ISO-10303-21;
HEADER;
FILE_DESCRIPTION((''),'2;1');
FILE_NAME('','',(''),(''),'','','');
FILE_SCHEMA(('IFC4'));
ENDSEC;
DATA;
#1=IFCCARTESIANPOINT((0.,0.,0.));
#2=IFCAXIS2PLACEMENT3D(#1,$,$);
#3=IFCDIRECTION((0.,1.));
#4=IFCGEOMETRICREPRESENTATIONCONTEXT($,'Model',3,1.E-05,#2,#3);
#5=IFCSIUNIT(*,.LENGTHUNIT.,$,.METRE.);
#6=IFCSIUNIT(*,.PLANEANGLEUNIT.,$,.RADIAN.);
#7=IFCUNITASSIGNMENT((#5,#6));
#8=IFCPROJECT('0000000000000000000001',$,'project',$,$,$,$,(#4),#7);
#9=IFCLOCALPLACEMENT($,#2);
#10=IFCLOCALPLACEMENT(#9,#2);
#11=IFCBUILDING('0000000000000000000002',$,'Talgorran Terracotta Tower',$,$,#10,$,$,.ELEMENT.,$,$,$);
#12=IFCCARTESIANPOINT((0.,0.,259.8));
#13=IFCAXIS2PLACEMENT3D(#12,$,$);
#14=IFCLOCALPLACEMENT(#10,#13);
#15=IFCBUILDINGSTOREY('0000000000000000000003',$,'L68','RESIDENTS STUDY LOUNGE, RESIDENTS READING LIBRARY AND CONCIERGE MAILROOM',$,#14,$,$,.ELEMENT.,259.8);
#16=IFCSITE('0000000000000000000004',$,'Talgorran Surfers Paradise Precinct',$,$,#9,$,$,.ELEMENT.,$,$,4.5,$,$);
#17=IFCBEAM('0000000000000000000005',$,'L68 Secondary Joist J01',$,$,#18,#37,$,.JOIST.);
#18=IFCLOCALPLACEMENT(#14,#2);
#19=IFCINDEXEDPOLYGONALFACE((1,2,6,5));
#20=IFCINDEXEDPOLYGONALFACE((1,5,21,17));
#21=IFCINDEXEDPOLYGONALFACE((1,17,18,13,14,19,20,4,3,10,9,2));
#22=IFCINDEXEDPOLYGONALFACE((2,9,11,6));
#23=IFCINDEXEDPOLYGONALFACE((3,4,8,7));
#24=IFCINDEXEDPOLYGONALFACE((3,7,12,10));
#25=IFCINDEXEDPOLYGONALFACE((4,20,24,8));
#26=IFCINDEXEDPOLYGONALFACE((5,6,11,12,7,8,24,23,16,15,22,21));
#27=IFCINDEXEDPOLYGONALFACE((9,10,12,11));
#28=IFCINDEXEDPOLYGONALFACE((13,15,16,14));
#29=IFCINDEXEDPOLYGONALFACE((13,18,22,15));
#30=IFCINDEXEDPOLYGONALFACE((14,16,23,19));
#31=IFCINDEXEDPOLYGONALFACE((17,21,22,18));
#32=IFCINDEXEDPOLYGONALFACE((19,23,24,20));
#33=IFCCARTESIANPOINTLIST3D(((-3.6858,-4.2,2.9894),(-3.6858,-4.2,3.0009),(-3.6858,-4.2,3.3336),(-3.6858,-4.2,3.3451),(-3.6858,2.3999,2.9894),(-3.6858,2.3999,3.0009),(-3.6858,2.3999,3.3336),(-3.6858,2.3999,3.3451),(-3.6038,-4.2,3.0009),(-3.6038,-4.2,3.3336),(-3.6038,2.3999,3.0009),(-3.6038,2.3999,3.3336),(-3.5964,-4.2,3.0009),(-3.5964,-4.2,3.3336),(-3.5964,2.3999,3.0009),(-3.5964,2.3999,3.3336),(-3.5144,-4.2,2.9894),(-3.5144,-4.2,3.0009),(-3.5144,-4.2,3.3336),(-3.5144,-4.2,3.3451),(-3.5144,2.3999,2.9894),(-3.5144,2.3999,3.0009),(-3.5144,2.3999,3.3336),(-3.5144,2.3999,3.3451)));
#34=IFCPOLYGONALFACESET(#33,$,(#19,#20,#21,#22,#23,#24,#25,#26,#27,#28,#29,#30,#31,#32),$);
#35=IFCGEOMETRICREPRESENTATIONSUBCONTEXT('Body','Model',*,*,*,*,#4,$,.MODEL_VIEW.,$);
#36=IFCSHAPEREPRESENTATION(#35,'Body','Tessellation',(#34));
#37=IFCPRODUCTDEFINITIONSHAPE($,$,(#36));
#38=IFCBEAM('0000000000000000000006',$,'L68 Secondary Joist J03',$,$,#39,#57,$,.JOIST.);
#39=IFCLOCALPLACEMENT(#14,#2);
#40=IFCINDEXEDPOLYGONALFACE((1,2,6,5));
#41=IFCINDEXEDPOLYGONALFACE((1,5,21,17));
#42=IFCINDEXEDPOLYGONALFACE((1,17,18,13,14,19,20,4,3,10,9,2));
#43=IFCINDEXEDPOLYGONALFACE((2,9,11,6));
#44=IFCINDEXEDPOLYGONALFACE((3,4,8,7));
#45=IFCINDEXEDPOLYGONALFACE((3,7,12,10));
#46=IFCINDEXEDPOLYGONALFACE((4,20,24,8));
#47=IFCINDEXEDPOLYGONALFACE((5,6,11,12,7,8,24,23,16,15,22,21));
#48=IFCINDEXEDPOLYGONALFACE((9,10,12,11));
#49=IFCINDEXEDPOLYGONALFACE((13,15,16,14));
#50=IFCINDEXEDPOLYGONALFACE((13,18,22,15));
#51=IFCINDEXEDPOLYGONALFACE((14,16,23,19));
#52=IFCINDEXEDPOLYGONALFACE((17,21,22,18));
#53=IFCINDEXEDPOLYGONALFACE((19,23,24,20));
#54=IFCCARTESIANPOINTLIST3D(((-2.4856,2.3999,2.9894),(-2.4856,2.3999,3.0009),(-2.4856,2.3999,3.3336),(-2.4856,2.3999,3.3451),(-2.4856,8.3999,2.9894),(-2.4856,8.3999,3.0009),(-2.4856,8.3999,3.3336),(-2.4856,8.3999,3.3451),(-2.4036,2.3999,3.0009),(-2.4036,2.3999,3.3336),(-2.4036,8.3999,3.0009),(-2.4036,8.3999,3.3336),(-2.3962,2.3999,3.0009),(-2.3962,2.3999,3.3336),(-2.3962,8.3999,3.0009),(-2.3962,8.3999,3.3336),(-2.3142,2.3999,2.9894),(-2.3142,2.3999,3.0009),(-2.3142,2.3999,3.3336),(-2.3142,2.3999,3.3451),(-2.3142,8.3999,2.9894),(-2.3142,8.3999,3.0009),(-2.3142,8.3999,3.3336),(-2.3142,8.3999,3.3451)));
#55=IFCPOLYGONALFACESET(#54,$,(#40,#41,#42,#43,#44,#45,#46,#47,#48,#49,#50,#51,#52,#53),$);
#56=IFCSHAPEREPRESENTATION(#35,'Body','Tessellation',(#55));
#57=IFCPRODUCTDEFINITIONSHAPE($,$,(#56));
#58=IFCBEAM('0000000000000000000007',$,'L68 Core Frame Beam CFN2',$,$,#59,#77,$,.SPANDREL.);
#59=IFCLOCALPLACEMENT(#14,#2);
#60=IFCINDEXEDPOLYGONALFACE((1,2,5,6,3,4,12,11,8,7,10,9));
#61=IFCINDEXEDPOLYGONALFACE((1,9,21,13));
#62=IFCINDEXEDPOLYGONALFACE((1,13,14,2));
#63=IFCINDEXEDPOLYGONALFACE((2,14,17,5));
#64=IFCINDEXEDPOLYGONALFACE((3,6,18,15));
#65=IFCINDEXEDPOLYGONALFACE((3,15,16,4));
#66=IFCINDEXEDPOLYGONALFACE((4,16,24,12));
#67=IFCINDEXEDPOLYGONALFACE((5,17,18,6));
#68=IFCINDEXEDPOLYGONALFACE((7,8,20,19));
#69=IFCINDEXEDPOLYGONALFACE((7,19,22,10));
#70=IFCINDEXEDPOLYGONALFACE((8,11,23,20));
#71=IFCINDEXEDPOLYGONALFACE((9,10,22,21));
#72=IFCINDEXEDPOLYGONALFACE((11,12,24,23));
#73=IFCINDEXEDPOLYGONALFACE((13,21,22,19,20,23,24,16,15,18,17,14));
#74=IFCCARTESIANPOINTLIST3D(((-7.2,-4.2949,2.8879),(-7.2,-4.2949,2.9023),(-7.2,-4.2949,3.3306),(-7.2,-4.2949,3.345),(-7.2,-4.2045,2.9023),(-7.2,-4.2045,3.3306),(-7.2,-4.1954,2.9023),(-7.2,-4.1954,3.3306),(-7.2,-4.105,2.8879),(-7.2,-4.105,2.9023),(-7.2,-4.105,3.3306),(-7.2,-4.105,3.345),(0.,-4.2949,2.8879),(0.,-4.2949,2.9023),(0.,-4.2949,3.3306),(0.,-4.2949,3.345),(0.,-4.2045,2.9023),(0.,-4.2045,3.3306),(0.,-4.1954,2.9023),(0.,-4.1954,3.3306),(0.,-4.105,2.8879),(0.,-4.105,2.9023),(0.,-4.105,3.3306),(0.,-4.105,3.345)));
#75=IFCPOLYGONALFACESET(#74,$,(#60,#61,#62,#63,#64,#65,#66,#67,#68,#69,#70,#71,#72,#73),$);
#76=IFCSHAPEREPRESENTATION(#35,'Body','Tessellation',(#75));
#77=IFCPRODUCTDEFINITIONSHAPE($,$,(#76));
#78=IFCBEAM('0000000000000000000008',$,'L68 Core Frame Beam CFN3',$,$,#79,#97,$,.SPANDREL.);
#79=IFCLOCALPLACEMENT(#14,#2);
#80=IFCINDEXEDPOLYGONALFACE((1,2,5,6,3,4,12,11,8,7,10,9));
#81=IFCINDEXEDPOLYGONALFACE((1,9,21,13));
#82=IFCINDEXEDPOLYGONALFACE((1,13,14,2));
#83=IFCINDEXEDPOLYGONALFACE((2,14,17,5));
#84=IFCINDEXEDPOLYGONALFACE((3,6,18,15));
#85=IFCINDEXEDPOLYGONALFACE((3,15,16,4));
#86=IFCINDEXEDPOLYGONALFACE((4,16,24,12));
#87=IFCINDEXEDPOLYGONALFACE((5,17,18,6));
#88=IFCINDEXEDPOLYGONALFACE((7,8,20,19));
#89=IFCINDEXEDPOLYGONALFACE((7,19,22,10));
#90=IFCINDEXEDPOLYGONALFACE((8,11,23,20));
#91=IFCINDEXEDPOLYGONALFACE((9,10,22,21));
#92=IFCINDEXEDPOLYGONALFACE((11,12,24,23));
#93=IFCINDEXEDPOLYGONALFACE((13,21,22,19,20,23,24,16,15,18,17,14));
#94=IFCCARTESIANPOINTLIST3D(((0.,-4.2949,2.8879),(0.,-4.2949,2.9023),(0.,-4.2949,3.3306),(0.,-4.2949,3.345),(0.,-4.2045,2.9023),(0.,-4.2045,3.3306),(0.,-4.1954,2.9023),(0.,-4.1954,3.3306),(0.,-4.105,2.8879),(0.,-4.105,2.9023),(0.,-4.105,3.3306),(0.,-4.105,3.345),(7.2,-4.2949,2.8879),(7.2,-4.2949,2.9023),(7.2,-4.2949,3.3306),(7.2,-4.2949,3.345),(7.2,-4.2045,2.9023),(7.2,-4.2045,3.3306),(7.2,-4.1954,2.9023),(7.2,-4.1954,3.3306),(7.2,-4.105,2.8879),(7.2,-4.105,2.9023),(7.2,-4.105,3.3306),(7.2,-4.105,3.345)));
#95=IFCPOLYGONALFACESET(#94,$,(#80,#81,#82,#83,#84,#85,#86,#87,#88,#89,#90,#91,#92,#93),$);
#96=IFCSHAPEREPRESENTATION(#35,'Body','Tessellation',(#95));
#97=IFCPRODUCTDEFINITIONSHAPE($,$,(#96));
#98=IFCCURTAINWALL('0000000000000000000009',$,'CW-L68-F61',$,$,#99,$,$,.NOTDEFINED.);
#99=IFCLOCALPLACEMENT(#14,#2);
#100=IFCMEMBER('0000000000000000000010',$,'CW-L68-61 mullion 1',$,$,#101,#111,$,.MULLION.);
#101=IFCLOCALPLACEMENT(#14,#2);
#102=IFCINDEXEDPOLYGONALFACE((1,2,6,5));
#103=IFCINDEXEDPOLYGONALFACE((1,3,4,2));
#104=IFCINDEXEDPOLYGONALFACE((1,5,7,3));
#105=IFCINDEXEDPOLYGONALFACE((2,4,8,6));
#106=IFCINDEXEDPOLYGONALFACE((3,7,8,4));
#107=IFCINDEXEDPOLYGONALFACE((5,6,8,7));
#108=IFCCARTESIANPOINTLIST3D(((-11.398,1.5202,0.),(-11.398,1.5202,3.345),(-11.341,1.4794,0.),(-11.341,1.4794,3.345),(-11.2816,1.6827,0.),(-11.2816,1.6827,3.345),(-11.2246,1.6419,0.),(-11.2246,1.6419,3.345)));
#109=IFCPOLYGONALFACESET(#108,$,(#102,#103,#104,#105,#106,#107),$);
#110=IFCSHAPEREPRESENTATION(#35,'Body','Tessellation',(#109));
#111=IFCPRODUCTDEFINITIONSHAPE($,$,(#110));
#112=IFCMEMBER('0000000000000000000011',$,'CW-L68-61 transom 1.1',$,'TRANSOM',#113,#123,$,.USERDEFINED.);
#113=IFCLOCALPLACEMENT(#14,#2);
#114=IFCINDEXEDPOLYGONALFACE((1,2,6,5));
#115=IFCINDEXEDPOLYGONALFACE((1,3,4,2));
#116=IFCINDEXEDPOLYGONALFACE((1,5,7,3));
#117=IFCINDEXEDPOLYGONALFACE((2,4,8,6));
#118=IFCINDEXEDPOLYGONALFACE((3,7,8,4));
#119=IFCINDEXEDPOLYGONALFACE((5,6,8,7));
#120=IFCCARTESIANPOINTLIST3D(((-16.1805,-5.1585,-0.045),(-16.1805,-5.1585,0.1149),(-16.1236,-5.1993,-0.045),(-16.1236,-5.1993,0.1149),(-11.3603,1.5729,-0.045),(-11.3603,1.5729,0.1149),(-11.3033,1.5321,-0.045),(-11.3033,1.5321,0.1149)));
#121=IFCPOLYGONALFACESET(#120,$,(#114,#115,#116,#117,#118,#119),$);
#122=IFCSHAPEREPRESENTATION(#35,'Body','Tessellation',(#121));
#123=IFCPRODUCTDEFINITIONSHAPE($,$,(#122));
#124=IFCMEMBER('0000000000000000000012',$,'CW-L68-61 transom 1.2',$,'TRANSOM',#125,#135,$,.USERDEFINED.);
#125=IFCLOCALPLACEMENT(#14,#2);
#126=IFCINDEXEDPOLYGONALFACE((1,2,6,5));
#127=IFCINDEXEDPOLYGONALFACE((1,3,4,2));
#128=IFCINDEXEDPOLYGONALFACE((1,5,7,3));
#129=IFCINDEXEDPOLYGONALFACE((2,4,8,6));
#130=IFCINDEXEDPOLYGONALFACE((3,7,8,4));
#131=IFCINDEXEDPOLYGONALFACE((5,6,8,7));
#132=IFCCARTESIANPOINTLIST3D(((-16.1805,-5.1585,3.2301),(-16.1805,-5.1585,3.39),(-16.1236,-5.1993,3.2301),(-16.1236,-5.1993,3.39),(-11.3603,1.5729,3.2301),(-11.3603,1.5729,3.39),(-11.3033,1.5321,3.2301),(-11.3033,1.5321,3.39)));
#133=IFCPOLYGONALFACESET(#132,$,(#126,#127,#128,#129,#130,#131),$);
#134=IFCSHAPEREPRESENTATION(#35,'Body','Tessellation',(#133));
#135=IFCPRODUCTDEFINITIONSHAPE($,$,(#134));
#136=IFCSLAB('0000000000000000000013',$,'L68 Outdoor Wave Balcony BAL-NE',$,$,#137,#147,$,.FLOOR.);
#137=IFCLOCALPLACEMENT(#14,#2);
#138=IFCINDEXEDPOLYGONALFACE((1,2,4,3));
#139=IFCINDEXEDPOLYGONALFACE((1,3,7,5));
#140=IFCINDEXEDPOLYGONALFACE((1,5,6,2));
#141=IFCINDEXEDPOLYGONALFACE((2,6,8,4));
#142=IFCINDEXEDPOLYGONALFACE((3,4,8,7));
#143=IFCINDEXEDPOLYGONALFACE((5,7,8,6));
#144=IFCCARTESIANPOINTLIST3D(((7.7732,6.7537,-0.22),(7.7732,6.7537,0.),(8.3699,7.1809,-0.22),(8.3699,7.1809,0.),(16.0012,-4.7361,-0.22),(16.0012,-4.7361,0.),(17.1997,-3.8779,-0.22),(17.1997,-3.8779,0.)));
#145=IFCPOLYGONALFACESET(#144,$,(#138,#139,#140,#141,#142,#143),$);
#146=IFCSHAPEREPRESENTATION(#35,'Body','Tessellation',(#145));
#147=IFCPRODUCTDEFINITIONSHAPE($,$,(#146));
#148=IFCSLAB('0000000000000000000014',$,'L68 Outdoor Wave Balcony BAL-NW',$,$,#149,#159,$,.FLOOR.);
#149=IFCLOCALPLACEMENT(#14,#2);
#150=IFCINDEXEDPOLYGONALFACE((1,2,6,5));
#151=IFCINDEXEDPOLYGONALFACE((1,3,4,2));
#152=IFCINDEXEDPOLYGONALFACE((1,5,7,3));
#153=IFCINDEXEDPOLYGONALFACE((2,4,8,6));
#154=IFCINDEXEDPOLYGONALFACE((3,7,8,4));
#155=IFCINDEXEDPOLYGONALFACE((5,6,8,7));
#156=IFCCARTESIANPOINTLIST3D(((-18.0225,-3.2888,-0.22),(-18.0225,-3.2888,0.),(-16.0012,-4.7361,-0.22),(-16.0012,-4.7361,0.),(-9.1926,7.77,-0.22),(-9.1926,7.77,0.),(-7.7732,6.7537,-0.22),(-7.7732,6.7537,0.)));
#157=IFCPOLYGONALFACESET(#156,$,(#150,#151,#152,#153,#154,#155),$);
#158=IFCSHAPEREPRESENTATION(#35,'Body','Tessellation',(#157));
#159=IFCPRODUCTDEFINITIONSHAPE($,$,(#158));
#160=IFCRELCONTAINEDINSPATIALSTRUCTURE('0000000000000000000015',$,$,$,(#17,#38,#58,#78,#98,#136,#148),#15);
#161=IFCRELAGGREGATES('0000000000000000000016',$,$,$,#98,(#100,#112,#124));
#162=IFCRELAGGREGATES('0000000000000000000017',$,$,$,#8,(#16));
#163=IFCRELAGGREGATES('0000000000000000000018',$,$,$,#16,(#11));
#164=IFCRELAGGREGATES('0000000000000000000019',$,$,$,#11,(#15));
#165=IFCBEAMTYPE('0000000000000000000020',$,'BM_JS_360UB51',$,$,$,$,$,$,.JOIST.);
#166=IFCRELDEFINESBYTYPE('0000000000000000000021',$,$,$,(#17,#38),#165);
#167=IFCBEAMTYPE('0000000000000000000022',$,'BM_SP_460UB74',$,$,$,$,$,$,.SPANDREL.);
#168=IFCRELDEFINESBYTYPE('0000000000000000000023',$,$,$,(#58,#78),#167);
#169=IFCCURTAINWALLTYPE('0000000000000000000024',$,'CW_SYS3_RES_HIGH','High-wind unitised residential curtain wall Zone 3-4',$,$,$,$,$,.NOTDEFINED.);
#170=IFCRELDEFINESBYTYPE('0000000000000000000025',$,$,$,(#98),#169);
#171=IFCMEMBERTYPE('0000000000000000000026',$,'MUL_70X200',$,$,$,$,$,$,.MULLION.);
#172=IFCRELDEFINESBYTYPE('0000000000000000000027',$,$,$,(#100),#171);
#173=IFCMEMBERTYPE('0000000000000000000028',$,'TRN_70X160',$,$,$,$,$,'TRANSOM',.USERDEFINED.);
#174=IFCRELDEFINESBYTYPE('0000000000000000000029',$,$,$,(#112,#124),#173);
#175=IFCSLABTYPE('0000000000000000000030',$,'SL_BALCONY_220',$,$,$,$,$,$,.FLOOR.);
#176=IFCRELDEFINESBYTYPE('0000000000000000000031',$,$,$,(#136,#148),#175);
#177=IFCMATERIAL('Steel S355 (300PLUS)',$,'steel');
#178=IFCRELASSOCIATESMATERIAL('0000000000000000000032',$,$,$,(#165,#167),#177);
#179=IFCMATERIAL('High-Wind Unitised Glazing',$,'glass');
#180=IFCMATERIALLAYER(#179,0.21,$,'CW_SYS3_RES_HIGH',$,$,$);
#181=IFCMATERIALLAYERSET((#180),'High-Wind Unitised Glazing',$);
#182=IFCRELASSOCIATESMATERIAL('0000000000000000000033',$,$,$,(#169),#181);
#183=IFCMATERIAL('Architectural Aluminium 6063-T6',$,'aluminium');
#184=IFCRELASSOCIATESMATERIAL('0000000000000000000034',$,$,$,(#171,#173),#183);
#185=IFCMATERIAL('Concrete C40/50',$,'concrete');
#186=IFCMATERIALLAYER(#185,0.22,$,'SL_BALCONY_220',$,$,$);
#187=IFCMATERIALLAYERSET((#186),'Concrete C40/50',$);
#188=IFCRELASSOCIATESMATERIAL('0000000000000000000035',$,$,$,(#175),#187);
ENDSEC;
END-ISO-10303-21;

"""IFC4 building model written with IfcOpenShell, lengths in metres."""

from ifc_helpers import new_model, si_unit, direction, frame, origin, origin_2d, place, context, subcontext, project, spatial, polyline, rectangle, i_section, outline, extrude, material, layer, layer_set, material_profile, profile_set, type_object, element, aggregate, save


model = new_model("IFC4")

# Units and contexts
model_context = context("Model", 3, precision=1e-05, world=origin(), true_north=direction((0.0, 1.0)))
body_context = subcontext(model_context, "Body", "Model", "MODEL_VIEW")
ifc_project = project(units=[si_unit("LENGTHUNIT", "METRE"), si_unit("PLANEANGLEUNIT", "RADIAN")], contexts=[model_context])

# Site, building, storey
site_placement = place(None, origin())
site = spatial("IfcSite", under=ifc_project, at=site_placement, Name="Talgorran Surfers Paradise Precinct", CompositionType="ELEMENT", RefElevation=4.5)
building_placement = place(site_placement, origin())
building = spatial("IfcBuilding", under=site, at=building_placement, Name="Talgorran Terracotta Tower", CompositionType="ELEMENT")
storey_placement = place(building_placement, frame((0.0, 0.0, 259.8)))
storey = spatial("IfcBuildingStorey", under=building, at=storey_placement, Name="L68", Description="RESIDENTS STUDY LOUNGE, RESIDENTS READING LIBRARY AND CONCIERGE MAILROOM", CompositionType="ELEMENT", Elevation=259.8)

# Shared definitions
ifc_material_1 = material(Name="Steel S355 (300PLUS)", Category="steel")

# Beams
ifc_material_profile_1 = material_profile(ifc_material_1, i_section(OverallWidth=0.1714, OverallDepth=0.3557, WebThickness=0.0073, FlangeThickness=0.0115, at=origin_2d()), Name="360UB50.7")
ifc_profile_set_1 = profile_set([ifc_material_profile_1], Name="Steel S355 (300PLUS)")
beam_type_1 = type_object("IfcBeamType", Name="BM_JS_360UB51", PredefinedType="JOIST", material=ifc_profile_set_1)
beam_1_placement = place(storey_placement, frame((-3.6001, -4.2, 3.1672), z_axis=(0.0, 1.0, 0.0), x_axis=(-1.0, 0.0, 0.0)))
element("IfcBeam", 1, at=beam_1_placement, inside=storey, type_object=beam_type_1, Name="L68 Secondary Joist J01", PredefinedType="JOIST", context=body_context, shape_type="SweptSolid", body=[
    extrude(i_section(OverallWidth=0.1714, OverallDepth=0.3557, WebThickness=0.0073, FlangeThickness=0.0115, at=origin_2d()), origin(), (0.0, 0.0, 1.0), 6.5999),
])
beam_2_placement = place(storey_placement, frame((-2.3999, 2.3999, 3.1672), z_axis=(0.0, 1.0, 0.0), x_axis=(-1.0, 0.0, 0.0)))
element("IfcBeam", 2, at=beam_2_placement, inside=storey, type_object=beam_type_1, Name="L68 Secondary Joist J03", PredefinedType="JOIST", context=body_context, shape_type="SweptSolid", body=[
    extrude(i_section(OverallWidth=0.1714, OverallDepth=0.3557, WebThickness=0.0073, FlangeThickness=0.0115, at=origin_2d()), origin(), (0.0, 0.0, 1.0), 6.0),
])
ifc_material_profile_2 = material_profile(ifc_material_1, i_section(OverallWidth=0.1899, OverallDepth=0.457, WebThickness=0.009, FlangeThickness=0.0144, at=origin_2d()), Name="460UB74.6")
ifc_profile_set_2 = profile_set([ifc_material_profile_2], Name="Steel S355 (300PLUS)")
beam_type_2 = type_object("IfcBeamType", Name="BM_SP_460UB74", PredefinedType="SPANDREL", material=ifc_profile_set_2)
for number, where, z_axis, x_axis, name in (
    (3, (-7.2, -4.2, 3.1165), (1.0, 0.0, 0.0), (0.0, 1.0, 0.0), "L68 Core Frame Beam CFN2"),
    (4, (0.0, -4.2, 3.1165), (1.0, 0.0, 0.0), (0.0, 1.0, 0.0), "L68 Core Frame Beam CFN3"),
):
    element("IfcBeam", number, at=place(storey_placement, frame(where, z_axis=z_axis, x_axis=x_axis)), inside=storey, type_object=beam_type_2, Name=name, PredefinedType="SPANDREL", context=body_context, shape_type="SweptSolid", body=[
        extrude(i_section(OverallWidth=0.1899, OverallDepth=0.457, WebThickness=0.009, FlangeThickness=0.0144, at=origin_2d()), origin(), (0.0, 0.0, 1.0), 7.2),
    ])

# Curtain wall, members
ifc_material_2 = material(Name="High-Wind Unitised Glazing", Category="glass")
ifc_layer_1 = layer(ifc_material_2, 0.21, Name="CW_SYS3_RES_HIGH")
ifc_layer_set_1 = layer_set([ifc_layer_1], Name="High-Wind Unitised Glazing")
curtain_wall_type = type_object("IfcCurtainWallType", Name="CW_SYS3_RES_HIGH", Description="High-wind unitised residential curtain wall Zone 3-4", PredefinedType="NOTDEFINED", material=ifc_layer_set_1)
curtain_wall_placement = place(storey_placement, origin())
curtain_wall = element("IfcCurtainWall", 5, at=curtain_wall_placement, inside=storey, type_object=curtain_wall_type, Name="CW-L68-F61", PredefinedType="NOTDEFINED")
ifc_material_3 = material(Name="Architectural Aluminium 6063-T6", Category="aluminium")
ifc_material_profile_3 = material_profile(ifc_material_3, rectangle(XDim=0.0701, YDim=0.2, at=origin_2d()), Name="CWM70X200")
ifc_profile_set_3 = profile_set([ifc_material_profile_3], Name="Architectural Aluminium 6063-T6")
member_type_1 = type_object("IfcMemberType", Name="MUL_70X200", PredefinedType="MULLION", material=ifc_profile_set_3)
member_1_placement = place(storey_placement, frame((-11.3113, 1.5811, 0.0), z_axis=(0.0, 0.0, 1.0), x_axis=(0.813041, -0.582206, 0.0)))
member_1 = element("IfcMember", 6, at=member_1_placement, type_object=member_type_1, Name="CW-L68-61 mullion 1", PredefinedType="MULLION", context=body_context, shape_type="SweptSolid", body=[
    extrude(rectangle(XDim=0.0701, YDim=0.2, at=origin_2d()), origin(), (0.0, 0.0, 1.0), 3.345),
])
ifc_material_profile_4 = material_profile(ifc_material_3, rectangle(XDim=0.0701, YDim=0.1599, at=origin_2d()), Name="CWT70X160")
ifc_profile_set_4 = profile_set([ifc_material_profile_4], Name="Architectural Aluminium 6063-T6")
member_type_2 = type_object("IfcMemberType", Name="TRN_70X160", ElementType="TRANSOM", PredefinedType="USERDEFINED", material=ifc_profile_set_4)
member_2_placement = place(storey_placement, frame((-11.3318, 1.5525, 0.0349), z_axis=(-0.582208, -0.81304, 0.0), x_axis=(0.81304, -0.582208, 0.0)))
member_2 = element("IfcMember", 7, at=member_2_placement, type_object=member_type_2, Name="CW-L68-61 transom 1.1", ObjectType="TRANSOM", PredefinedType="USERDEFINED", context=body_context, shape_type="SweptSolid", body=[
    extrude(rectangle(XDim=0.0701, YDim=0.1599, at=origin_2d()), origin(), (0.0, 0.0, 1.0), 8.2793),
])
member_3_placement = place(storey_placement, frame((-11.3318, 1.5525, 3.3101), z_axis=(-0.582208, -0.81304, 0.0), x_axis=(0.81304, -0.582208, 0.0)))
member_3 = element("IfcMember", 8, at=member_3_placement, type_object=member_type_2, Name="CW-L68-61 transom 1.2", ObjectType="TRANSOM", PredefinedType="USERDEFINED", context=body_context, shape_type="SweptSolid", body=[
    extrude(rectangle(XDim=0.0701, YDim=0.1599, at=origin_2d()), origin(), (0.0, 0.0, 1.0), 8.2793),
])
aggregate(curtain_wall, [member_1, member_2, member_3])

# Slabs
ifc_material_4 = material(Name="Concrete C40/50", Category="concrete")
ifc_layer_2 = layer(ifc_material_4, 0.22, Name="SL_BALCONY_220")
ifc_layer_set_2 = layer_set([ifc_layer_2], Name="Concrete C40/50")
slab_type_1 = type_object("IfcSlabType", Name="SL_BALCONY_220", PredefinedType="FLOOR", material=ifc_layer_set_2)
slab_1_placement = place(storey_placement, frame((0.0, 0.0, -0.22)))
element("IfcSlab", 9, at=slab_1_placement, inside=storey, type_object=slab_type_1, Name="L68 Outdoor Wave Balcony BAL-NE", PredefinedType="FLOOR", context=body_context, shape_type="SweptSolid", body=[
    extrude(outline(polyline([(7.7732, 6.7537), (16.0012, -4.7361), (17.1997, -3.8779), (8.3699, 7.1809), (7.7732, 6.7537)])), origin(), (0.0, 0.0, 1.0), 0.22),
])
slab_2_placement = place(storey_placement, frame((0.0, 0.0, -0.22)))
element("IfcSlab", 10, at=slab_2_placement, inside=storey, type_object=slab_type_1, Name="L68 Outdoor Wave Balcony BAL-NW", PredefinedType="FLOOR", context=body_context, shape_type="SweptSolid", body=[
    extrude(outline(polyline([(-16.0012, -4.7361), (-7.7732, 6.7537), (-9.1926, 7.77), (-18.0225, -3.2888), (-16.0012, -4.7361)])), origin(), (0.0, 0.0, 1.0), 0.22),
])

save(model, "model.ifc")
